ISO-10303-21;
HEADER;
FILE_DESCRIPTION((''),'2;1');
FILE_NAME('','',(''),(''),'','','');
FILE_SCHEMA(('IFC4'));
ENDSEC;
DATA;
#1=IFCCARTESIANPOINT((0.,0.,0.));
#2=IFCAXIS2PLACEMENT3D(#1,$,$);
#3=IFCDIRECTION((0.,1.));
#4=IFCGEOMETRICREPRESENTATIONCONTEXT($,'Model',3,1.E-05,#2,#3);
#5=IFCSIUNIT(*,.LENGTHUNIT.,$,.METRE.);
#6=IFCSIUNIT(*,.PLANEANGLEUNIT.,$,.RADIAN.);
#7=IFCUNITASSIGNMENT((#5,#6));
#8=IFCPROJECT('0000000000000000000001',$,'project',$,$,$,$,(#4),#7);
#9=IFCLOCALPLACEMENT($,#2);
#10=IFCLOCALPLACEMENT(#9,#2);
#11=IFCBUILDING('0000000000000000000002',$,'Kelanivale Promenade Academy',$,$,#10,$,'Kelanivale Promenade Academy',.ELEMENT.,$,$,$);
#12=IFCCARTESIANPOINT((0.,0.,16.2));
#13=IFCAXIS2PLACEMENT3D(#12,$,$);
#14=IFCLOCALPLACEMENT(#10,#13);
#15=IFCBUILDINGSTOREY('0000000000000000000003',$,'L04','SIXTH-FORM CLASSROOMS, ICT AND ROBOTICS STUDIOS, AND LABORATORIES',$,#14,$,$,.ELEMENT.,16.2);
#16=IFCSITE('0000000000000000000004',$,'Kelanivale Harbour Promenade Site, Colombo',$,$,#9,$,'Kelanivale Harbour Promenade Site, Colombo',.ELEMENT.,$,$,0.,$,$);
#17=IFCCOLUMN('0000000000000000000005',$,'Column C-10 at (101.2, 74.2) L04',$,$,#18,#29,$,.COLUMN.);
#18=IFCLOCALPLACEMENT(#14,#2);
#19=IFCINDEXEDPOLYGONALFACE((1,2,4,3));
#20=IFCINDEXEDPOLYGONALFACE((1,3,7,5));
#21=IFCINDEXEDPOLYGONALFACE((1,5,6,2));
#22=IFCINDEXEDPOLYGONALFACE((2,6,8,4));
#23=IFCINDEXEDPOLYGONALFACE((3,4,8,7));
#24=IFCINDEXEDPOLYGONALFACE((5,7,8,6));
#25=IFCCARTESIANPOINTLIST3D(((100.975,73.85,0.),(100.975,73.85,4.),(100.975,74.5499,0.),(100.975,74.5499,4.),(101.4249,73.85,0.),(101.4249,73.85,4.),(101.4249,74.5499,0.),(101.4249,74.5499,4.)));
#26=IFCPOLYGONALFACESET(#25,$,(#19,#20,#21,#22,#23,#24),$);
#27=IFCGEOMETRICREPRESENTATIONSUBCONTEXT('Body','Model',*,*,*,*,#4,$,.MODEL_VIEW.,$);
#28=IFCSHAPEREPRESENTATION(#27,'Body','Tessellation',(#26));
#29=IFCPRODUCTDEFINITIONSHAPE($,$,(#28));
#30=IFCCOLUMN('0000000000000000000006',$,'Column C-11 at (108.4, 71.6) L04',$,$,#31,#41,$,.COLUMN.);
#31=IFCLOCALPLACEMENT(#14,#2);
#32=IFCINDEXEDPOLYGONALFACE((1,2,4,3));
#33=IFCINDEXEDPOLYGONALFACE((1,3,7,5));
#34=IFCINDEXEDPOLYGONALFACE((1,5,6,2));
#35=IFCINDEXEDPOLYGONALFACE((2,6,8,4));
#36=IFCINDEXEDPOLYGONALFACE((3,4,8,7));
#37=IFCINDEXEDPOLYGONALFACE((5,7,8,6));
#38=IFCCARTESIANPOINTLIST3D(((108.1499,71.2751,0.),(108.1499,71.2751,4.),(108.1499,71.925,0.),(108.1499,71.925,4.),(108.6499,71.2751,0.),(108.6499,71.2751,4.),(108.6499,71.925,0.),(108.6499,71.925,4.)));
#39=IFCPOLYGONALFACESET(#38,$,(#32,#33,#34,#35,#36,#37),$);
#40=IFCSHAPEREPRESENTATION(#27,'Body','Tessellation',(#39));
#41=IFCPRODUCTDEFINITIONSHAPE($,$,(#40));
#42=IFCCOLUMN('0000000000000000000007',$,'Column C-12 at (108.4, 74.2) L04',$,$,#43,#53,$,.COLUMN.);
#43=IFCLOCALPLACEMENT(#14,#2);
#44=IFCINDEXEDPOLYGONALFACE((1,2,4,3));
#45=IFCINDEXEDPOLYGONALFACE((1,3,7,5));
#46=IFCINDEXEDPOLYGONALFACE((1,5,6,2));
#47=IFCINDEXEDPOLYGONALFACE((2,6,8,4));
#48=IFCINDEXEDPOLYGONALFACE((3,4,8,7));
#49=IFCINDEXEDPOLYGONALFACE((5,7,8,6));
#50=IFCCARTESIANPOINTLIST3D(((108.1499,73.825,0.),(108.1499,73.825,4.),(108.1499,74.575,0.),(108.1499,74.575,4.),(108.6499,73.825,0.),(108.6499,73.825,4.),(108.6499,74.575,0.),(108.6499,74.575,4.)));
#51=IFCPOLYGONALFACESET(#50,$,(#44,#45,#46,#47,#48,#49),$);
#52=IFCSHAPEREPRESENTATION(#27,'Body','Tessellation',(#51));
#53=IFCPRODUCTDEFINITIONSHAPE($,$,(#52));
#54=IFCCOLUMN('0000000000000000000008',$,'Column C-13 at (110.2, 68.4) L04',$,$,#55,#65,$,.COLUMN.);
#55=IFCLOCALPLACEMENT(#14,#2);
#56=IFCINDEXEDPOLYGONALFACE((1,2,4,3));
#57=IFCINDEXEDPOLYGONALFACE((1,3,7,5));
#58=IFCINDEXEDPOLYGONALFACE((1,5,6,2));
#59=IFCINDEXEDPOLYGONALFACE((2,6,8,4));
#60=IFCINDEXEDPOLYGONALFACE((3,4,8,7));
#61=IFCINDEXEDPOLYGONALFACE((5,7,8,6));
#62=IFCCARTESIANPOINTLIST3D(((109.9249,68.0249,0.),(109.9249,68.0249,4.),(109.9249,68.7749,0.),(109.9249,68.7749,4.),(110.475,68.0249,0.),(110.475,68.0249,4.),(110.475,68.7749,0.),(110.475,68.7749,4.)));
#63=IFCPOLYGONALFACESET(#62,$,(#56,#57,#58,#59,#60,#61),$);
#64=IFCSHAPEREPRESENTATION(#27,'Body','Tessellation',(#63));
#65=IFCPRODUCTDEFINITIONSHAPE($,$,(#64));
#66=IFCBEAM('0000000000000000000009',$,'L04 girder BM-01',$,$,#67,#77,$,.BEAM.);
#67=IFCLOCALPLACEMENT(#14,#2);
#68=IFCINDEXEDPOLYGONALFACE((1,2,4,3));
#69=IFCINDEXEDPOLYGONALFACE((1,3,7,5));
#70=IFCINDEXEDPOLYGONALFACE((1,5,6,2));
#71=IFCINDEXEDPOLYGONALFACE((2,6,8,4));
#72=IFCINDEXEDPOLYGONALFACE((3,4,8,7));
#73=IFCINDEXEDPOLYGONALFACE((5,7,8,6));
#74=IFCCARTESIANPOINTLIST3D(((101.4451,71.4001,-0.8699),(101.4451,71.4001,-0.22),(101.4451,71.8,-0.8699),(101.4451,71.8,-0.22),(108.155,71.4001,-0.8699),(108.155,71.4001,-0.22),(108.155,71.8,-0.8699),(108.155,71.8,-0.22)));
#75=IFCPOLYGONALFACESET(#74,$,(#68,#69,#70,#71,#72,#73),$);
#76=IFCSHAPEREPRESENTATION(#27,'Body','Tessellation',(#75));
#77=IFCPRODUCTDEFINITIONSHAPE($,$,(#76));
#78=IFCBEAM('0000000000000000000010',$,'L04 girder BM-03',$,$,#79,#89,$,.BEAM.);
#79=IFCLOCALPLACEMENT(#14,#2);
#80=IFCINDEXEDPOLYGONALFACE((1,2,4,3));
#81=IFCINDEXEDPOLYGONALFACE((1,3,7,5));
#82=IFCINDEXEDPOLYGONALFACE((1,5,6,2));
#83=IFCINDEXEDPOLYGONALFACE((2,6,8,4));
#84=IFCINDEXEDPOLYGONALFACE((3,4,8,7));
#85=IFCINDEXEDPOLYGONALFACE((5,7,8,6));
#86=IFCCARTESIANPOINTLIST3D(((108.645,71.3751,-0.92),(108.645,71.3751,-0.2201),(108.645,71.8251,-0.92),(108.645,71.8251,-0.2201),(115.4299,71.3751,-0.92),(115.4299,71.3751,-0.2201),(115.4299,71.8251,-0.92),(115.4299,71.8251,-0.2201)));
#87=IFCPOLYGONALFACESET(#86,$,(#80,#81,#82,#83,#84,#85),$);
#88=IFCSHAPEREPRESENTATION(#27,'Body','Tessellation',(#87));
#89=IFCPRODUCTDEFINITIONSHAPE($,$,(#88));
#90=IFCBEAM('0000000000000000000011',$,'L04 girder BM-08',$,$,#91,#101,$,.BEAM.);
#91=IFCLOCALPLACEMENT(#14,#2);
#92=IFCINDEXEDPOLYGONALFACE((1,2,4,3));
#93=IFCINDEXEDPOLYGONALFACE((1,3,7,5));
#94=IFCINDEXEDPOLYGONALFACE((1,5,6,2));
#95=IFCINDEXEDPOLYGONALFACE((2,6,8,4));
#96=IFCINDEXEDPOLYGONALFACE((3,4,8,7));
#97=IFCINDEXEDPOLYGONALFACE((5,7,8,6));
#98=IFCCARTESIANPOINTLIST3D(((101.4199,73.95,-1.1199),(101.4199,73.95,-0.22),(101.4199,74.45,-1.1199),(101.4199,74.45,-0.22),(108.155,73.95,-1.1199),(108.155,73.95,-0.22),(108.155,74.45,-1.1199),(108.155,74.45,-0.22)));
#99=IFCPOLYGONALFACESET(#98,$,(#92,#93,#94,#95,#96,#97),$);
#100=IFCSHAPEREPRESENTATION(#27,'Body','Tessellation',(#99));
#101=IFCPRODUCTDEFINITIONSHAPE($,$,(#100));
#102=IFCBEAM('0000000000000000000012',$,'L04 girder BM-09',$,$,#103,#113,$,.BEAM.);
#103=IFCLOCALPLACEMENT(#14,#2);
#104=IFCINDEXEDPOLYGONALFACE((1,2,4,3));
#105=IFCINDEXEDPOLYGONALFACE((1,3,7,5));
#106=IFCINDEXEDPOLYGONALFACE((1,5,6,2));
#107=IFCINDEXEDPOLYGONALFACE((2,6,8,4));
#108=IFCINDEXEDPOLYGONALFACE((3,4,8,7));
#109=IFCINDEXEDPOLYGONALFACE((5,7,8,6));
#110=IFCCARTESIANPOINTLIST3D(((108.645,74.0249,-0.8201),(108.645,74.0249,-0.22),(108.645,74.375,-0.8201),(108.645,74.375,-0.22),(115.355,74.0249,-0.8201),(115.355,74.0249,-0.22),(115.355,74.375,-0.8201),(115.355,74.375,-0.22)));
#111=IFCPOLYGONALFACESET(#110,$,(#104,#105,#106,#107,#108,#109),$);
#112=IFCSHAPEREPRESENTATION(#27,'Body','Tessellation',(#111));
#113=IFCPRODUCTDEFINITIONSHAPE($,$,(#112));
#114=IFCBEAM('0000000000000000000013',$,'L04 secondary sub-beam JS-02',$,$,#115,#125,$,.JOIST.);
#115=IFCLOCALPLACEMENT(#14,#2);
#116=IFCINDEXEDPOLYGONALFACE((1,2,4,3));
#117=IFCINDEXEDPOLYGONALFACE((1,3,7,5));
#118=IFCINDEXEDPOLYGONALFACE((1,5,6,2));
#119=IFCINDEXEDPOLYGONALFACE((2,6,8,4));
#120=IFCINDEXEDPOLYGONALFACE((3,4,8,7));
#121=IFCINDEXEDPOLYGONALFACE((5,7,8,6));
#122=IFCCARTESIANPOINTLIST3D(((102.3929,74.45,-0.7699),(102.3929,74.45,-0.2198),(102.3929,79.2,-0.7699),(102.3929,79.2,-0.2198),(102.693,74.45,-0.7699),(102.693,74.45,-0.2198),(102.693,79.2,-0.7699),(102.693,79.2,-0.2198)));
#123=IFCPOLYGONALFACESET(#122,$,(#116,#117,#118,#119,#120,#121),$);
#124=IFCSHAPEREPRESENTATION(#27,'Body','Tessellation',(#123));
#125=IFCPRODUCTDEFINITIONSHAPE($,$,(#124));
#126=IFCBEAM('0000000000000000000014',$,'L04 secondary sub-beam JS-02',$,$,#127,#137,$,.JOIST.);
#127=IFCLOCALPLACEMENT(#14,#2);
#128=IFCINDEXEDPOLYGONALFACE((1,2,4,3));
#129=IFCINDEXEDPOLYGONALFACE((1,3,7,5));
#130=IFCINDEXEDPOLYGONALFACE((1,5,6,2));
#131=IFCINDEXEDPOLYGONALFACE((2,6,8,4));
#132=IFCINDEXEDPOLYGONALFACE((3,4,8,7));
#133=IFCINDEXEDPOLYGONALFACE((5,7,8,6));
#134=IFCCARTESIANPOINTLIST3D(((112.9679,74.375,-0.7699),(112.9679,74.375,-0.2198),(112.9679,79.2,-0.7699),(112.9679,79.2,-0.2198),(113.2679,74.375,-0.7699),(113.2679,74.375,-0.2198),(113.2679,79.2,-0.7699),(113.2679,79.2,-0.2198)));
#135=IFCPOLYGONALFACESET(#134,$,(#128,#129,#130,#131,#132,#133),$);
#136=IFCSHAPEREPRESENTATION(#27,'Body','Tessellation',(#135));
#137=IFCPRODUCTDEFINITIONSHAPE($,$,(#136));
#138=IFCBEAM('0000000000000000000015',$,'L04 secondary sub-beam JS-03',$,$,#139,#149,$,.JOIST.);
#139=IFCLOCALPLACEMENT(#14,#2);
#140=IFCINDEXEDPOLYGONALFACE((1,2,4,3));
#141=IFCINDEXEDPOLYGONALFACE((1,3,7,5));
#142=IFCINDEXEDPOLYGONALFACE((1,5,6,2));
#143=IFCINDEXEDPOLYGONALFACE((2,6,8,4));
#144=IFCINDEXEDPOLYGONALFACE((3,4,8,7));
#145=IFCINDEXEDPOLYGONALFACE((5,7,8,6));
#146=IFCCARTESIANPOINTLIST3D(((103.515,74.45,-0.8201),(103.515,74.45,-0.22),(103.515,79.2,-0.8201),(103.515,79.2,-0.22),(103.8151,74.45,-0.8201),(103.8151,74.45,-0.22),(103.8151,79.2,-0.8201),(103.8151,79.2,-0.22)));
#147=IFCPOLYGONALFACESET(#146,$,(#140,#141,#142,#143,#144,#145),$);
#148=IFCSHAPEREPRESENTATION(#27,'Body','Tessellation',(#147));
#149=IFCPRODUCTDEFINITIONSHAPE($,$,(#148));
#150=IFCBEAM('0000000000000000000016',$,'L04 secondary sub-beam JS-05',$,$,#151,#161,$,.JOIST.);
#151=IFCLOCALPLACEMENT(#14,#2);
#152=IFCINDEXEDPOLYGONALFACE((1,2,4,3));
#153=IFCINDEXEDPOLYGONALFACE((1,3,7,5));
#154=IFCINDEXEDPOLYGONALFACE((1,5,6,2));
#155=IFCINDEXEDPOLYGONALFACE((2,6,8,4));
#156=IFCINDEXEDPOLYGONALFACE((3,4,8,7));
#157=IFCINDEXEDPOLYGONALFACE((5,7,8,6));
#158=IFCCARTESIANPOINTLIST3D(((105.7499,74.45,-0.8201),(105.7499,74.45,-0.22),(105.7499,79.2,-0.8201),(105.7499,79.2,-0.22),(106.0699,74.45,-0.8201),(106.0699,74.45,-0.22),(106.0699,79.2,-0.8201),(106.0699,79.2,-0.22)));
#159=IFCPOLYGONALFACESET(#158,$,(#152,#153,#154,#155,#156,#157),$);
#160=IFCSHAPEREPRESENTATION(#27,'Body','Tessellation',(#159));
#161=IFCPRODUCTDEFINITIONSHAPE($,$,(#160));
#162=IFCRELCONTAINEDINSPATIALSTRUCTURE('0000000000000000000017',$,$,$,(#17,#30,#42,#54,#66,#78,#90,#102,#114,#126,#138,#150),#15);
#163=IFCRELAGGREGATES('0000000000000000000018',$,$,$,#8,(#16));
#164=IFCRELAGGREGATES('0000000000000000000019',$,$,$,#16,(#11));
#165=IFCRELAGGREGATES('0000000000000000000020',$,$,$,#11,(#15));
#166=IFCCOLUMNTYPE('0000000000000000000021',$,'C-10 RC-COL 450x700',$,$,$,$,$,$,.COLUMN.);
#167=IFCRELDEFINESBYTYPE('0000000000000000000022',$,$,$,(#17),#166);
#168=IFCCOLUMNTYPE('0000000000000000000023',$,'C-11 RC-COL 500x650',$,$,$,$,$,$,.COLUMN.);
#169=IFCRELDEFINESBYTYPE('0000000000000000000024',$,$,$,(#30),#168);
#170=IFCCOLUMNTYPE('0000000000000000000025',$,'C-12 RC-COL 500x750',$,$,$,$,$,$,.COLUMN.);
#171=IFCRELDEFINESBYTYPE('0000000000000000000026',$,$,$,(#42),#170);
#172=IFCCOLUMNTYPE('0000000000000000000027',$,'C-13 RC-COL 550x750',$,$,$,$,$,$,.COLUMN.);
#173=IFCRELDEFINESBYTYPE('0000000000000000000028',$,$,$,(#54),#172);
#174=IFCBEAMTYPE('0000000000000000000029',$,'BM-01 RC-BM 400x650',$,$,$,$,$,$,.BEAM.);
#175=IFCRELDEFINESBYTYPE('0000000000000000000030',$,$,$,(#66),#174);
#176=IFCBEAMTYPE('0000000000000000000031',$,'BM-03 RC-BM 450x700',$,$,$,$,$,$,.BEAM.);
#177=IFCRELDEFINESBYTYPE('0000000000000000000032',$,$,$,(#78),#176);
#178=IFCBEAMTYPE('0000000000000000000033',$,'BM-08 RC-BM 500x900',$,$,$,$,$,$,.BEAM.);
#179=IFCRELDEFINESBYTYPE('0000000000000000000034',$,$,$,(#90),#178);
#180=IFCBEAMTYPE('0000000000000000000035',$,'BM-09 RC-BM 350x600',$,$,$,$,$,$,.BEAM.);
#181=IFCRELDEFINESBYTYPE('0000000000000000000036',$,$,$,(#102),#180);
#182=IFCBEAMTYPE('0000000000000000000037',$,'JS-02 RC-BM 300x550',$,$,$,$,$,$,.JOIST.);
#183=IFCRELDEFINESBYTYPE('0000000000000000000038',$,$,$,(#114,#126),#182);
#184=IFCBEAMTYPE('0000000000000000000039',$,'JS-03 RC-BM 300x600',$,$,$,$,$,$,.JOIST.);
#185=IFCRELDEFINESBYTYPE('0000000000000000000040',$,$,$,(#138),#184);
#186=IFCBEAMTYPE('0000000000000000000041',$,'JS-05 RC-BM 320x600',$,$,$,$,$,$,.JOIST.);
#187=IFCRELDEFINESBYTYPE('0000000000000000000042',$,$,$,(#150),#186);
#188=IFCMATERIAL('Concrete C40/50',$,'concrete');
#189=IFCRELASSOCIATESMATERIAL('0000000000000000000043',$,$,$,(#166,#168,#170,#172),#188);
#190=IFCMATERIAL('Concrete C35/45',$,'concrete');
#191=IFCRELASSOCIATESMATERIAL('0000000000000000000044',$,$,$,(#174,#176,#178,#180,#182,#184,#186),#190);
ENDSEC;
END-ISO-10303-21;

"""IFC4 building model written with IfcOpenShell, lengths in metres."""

from ifc_helpers import new_model, si_unit, direction, frame, origin, origin_2d, place, context, subcontext, project, spatial, rectangle, extrude, material, material_profile, profile_set, type_object, element, save


model = new_model("IFC4")

# Units and contexts
model_context = context("Model", 3, precision=1e-05, world=origin(), true_north=direction((0.0, 1.0)))
body_context = subcontext(model_context, "Body", "Model", "MODEL_VIEW")
ifc_project = project(units=[si_unit("LENGTHUNIT", "METRE"), si_unit("PLANEANGLEUNIT", "RADIAN")], contexts=[model_context])

# Site, building, storey
site_placement = place(None, origin())
site = spatial("IfcSite", under=ifc_project, at=site_placement, Name="Kelanivale Harbour Promenade Site, Colombo", LongName="Kelanivale Harbour Promenade Site, Colombo", CompositionType="ELEMENT", RefElevation=0.0)
building_placement = place(site_placement, origin())
building = spatial("IfcBuilding", under=site, at=building_placement, Name="Kelanivale Promenade Academy", LongName="Kelanivale Promenade Academy", CompositionType="ELEMENT")
storey_placement = place(building_placement, frame((0.0, 0.0, 16.2)))
storey = spatial("IfcBuildingStorey", under=building, at=storey_placement, Name="L04", Description="SIXTH-FORM CLASSROOMS, ICT AND ROBOTICS STUDIOS, AND LABORATORIES", CompositionType="ELEMENT", Elevation=16.2)

# Columns
ifc_material_1 = material(Name="Concrete C40/50", Category="concrete")
ifc_material_profile_1 = material_profile(ifc_material_1, rectangle(XDim=0.45, YDim=0.7, at=origin_2d()), Name="RC-COL 450x700")
ifc_profile_set_1 = profile_set([ifc_material_profile_1], Name="Concrete C40/50")
column_type_1 = type_object("IfcColumnType", Name="C-10 RC-COL 450x700", PredefinedType="COLUMN", material=ifc_profile_set_1)
column_1_placement = place(storey_placement, frame((101.2, 74.2, 0.0), z_axis=(0.0, 0.0, 1.0), x_axis=(1.0, 0.0, 0.0)))
element("IfcColumn", 1, at=column_1_placement, inside=storey, type_object=column_type_1, Name="Column C-10 at (101.2, 74.2) L04", PredefinedType="COLUMN", context=body_context, shape_type="SweptSolid", body=[
    extrude(rectangle(XDim=0.45, YDim=0.7, at=origin_2d()), origin(), (0.0, 0.0, 1.0), 4.0),
])
ifc_material_profile_2 = material_profile(ifc_material_1, rectangle(XDim=0.5, YDim=0.6499, at=origin_2d()), Name="RC-COL 500x650")
ifc_profile_set_2 = profile_set([ifc_material_profile_2], Name="Concrete C40/50")
column_type_2 = type_object("IfcColumnType", Name="C-11 RC-COL 500x650", PredefinedType="COLUMN", material=ifc_profile_set_2)
column_2_placement = place(storey_placement, frame((108.3999, 71.6001, 0.0), z_axis=(0.0, 0.0, 1.0), x_axis=(1.0, 0.0, 0.0)))
element("IfcColumn", 2, at=column_2_placement, inside=storey, type_object=column_type_2, Name="Column C-11 at (108.4, 71.6) L04", PredefinedType="COLUMN", context=body_context, shape_type="SweptSolid", body=[
    extrude(rectangle(XDim=0.5, YDim=0.6499, at=origin_2d()), origin(), (0.0, 0.0, 1.0), 4.0),
])
ifc_material_profile_3 = material_profile(ifc_material_1, rectangle(XDim=0.5, YDim=0.75, at=origin_2d()), Name="RC-COL 500x750")
ifc_profile_set_3 = profile_set([ifc_material_profile_3], Name="Concrete C40/50")
column_type_3 = type_object("IfcColumnType", Name="C-12 RC-COL 500x750", PredefinedType="COLUMN", material=ifc_profile_set_3)
column_3_placement = place(storey_placement, frame((108.3999, 74.2, 0.0), z_axis=(0.0, 0.0, 1.0), x_axis=(1.0, 0.0, 0.0)))
element("IfcColumn", 3, at=column_3_placement, inside=storey, type_object=column_type_3, Name="Column C-12 at (108.4, 74.2) L04", PredefinedType="COLUMN", context=body_context, shape_type="SweptSolid", body=[
    extrude(rectangle(XDim=0.5, YDim=0.75, at=origin_2d()), origin(), (0.0, 0.0, 1.0), 4.0),
])
ifc_material_profile_4 = material_profile(ifc_material_1, rectangle(XDim=0.55, YDim=0.75, at=origin_2d()), Name="RC-COL 550x750")
ifc_profile_set_4 = profile_set([ifc_material_profile_4], Name="Concrete C40/50")
column_type_4 = type_object("IfcColumnType", Name="C-13 RC-COL 550x750", PredefinedType="COLUMN", material=ifc_profile_set_4)
column_4_placement = place(storey_placement, frame((110.2, 68.3999, 0.0), z_axis=(0.0, 0.0, 1.0), x_axis=(1.0, 0.0, 0.0)))
element("IfcColumn", 4, at=column_4_placement, inside=storey, type_object=column_type_4, Name="Column C-13 at (110.2, 68.4) L04", PredefinedType="COLUMN", context=body_context, shape_type="SweptSolid", body=[
    extrude(rectangle(XDim=0.55, YDim=0.75, at=origin_2d()), origin(), (0.0, 0.0, 1.0), 4.0),
])

# Beams
ifc_material_2 = material(Name="Concrete C35/45", Category="concrete")
ifc_material_profile_5 = material_profile(ifc_material_2, rectangle(XDim=0.3999, YDim=0.6499, at=origin_2d()), Name="RC-BM 400x650")
ifc_profile_set_5 = profile_set([ifc_material_profile_5], Name="Concrete C35/45")
beam_type_1 = type_object("IfcBeamType", Name="BM-01 RC-BM 400x650", PredefinedType="BEAM", material=ifc_profile_set_5)
beam_1_placement = place(storey_placement, frame((101.4451, 71.6001, -0.5449), z_axis=(1.0, 0.0, 0.0), x_axis=(0.0, 1.0, 0.0)))
element("IfcBeam", 5, at=beam_1_placement, inside=storey, type_object=beam_type_1, Name="L04 girder BM-01", PredefinedType="BEAM", context=body_context, shape_type="SweptSolid", body=[
    extrude(rectangle(XDim=0.3999, YDim=0.6499, at=origin_2d()), origin(), (0.0, 0.0, 1.0), 6.71),
])
ifc_material_profile_6 = material_profile(ifc_material_2, rectangle(XDim=0.45, YDim=0.7, at=origin_2d()), Name="RC-BM 450x700")
ifc_profile_set_6 = profile_set([ifc_material_profile_6], Name="Concrete C35/45")
beam_type_2 = type_object("IfcBeamType", Name="BM-03 RC-BM 450x700", PredefinedType="BEAM", material=ifc_profile_set_6)
beam_2_placement = place(storey_placement, frame((108.645, 71.6001, -0.5701), z_axis=(1.0, 0.0, 0.0), x_axis=(0.0, 1.0, 0.0)))
element("IfcBeam", 6, at=beam_2_placement, inside=storey, type_object=beam_type_2, Name="L04 girder BM-03", PredefinedType="BEAM", context=body_context, shape_type="SweptSolid", body=[
    extrude(rectangle(XDim=0.45, YDim=0.7, at=origin_2d()), origin(), (0.0, 0.0, 1.0), 6.7849),
])
ifc_material_profile_7 = material_profile(ifc_material_2, rectangle(XDim=0.5, YDim=0.8999, at=origin_2d()), Name="RC-BM 500x900")
ifc_profile_set_7 = profile_set([ifc_material_profile_7], Name="Concrete C35/45")
beam_type_3 = type_object("IfcBeamType", Name="BM-08 RC-BM 500x900", PredefinedType="BEAM", material=ifc_profile_set_7)
beam_3_placement = place(storey_placement, frame((101.4199, 74.2, -0.6699), z_axis=(1.0, 0.0, 0.0), x_axis=(0.0, 1.0, 0.0)))
element("IfcBeam", 7, at=beam_3_placement, inside=storey, type_object=beam_type_3, Name="L04 girder BM-08", PredefinedType="BEAM", context=body_context, shape_type="SweptSolid", body=[
    extrude(rectangle(XDim=0.5, YDim=0.8999, at=origin_2d()), origin(), (0.0, 0.0, 1.0), 6.7351),
])
ifc_material_profile_8 = material_profile(ifc_material_2, rectangle(XDim=0.3501, YDim=0.6001, at=origin_2d()), Name="RC-BM 350x600")
ifc_profile_set_8 = profile_set([ifc_material_profile_8], Name="Concrete C35/45")
beam_type_4 = type_object("IfcBeamType", Name="BM-09 RC-BM 350x600", PredefinedType="BEAM", material=ifc_profile_set_8)
beam_4_placement = place(storey_placement, frame((108.645, 74.2, -0.52), z_axis=(1.0, 0.0, 0.0), x_axis=(0.0, 1.0, 0.0)))
element("IfcBeam", 8, at=beam_4_placement, inside=storey, type_object=beam_type_4, Name="L04 girder BM-09", PredefinedType="BEAM", context=body_context, shape_type="SweptSolid", body=[
    extrude(rectangle(XDim=0.3501, YDim=0.6001, at=origin_2d()), origin(), (0.0, 0.0, 1.0), 6.71),
])
ifc_material_profile_9 = material_profile(ifc_material_2, rectangle(XDim=0.3, YDim=0.55, at=origin_2d()), Name="RC-BM 300x550")
ifc_profile_set_9 = profile_set([ifc_material_profile_9], Name="Concrete C35/45")
beam_type_5 = type_object("IfcBeamType", Name="JS-02 RC-BM 300x550", PredefinedType="JOIST", material=ifc_profile_set_9)
beam_5_placement = place(storey_placement, frame((102.543, 74.45, -0.4949), z_axis=(0.0, 1.0, 0.0), x_axis=(-1.0, 0.0, 0.0)))
element("IfcBeam", 9, at=beam_5_placement, inside=storey, type_object=beam_type_5, Name="L04 secondary sub-beam JS-02", PredefinedType="JOIST", context=body_context, shape_type="SweptSolid", body=[
    extrude(rectangle(XDim=0.3, YDim=0.55, at=origin_2d()), origin(), (0.0, 0.0, 1.0), 4.75),
])
beam_6_placement = place(storey_placement, frame((113.1179, 74.375, -0.4949), z_axis=(0.0, 1.0, 0.0), x_axis=(-1.0, 0.0, 0.0)))
element("IfcBeam", 10, at=beam_6_placement, inside=storey, type_object=beam_type_5, Name="L04 secondary sub-beam JS-02", PredefinedType="JOIST", context=body_context, shape_type="SweptSolid", body=[
    extrude(rectangle(XDim=0.3, YDim=0.55, at=origin_2d()), origin(), (0.0, 0.0, 1.0), 4.825),
])
ifc_material_profile_10 = material_profile(ifc_material_2, rectangle(XDim=0.3, YDim=0.6001, at=origin_2d()), Name="RC-BM 300x600")
ifc_profile_set_10 = profile_set([ifc_material_profile_10], Name="Concrete C35/45")
beam_type_6 = type_object("IfcBeamType", Name="JS-03 RC-BM 300x600", PredefinedType="JOIST", material=ifc_profile_set_10)
beam_7_placement = place(storey_placement, frame((103.665, 74.45, -0.52), z_axis=(0.0, 1.0, 0.0), x_axis=(-1.0, 0.0, 0.0)))
element("IfcBeam", 11, at=beam_7_placement, inside=storey, type_object=beam_type_6, Name="L04 secondary sub-beam JS-03", PredefinedType="JOIST", context=body_context, shape_type="SweptSolid", body=[
    extrude(rectangle(XDim=0.3, YDim=0.6001, at=origin_2d()), origin(), (0.0, 0.0, 1.0), 4.75),
])
ifc_material_profile_11 = material_profile(ifc_material_2, rectangle(XDim=0.3201, YDim=0.6001, at=origin_2d()), Name="RC-BM 320x600")
ifc_profile_set_11 = profile_set([ifc_material_profile_11], Name="Concrete C35/45")
beam_type_7 = type_object("IfcBeamType", Name="JS-05 RC-BM 320x600", PredefinedType="JOIST", material=ifc_profile_set_11)
beam_8_placement = place(storey_placement, frame((105.9099, 74.45, -0.52), z_axis=(0.0, 1.0, 0.0), x_axis=(-1.0, 0.0, 0.0)))
element("IfcBeam", 12, at=beam_8_placement, inside=storey, type_object=beam_type_7, Name="L04 secondary sub-beam JS-05", PredefinedType="JOIST", context=body_context, shape_type="SweptSolid", body=[
    extrude(rectangle(XDim=0.3201, YDim=0.6001, at=origin_2d()), origin(), (0.0, 0.0, 1.0), 4.75),
])

save(model, "model.ifc")
